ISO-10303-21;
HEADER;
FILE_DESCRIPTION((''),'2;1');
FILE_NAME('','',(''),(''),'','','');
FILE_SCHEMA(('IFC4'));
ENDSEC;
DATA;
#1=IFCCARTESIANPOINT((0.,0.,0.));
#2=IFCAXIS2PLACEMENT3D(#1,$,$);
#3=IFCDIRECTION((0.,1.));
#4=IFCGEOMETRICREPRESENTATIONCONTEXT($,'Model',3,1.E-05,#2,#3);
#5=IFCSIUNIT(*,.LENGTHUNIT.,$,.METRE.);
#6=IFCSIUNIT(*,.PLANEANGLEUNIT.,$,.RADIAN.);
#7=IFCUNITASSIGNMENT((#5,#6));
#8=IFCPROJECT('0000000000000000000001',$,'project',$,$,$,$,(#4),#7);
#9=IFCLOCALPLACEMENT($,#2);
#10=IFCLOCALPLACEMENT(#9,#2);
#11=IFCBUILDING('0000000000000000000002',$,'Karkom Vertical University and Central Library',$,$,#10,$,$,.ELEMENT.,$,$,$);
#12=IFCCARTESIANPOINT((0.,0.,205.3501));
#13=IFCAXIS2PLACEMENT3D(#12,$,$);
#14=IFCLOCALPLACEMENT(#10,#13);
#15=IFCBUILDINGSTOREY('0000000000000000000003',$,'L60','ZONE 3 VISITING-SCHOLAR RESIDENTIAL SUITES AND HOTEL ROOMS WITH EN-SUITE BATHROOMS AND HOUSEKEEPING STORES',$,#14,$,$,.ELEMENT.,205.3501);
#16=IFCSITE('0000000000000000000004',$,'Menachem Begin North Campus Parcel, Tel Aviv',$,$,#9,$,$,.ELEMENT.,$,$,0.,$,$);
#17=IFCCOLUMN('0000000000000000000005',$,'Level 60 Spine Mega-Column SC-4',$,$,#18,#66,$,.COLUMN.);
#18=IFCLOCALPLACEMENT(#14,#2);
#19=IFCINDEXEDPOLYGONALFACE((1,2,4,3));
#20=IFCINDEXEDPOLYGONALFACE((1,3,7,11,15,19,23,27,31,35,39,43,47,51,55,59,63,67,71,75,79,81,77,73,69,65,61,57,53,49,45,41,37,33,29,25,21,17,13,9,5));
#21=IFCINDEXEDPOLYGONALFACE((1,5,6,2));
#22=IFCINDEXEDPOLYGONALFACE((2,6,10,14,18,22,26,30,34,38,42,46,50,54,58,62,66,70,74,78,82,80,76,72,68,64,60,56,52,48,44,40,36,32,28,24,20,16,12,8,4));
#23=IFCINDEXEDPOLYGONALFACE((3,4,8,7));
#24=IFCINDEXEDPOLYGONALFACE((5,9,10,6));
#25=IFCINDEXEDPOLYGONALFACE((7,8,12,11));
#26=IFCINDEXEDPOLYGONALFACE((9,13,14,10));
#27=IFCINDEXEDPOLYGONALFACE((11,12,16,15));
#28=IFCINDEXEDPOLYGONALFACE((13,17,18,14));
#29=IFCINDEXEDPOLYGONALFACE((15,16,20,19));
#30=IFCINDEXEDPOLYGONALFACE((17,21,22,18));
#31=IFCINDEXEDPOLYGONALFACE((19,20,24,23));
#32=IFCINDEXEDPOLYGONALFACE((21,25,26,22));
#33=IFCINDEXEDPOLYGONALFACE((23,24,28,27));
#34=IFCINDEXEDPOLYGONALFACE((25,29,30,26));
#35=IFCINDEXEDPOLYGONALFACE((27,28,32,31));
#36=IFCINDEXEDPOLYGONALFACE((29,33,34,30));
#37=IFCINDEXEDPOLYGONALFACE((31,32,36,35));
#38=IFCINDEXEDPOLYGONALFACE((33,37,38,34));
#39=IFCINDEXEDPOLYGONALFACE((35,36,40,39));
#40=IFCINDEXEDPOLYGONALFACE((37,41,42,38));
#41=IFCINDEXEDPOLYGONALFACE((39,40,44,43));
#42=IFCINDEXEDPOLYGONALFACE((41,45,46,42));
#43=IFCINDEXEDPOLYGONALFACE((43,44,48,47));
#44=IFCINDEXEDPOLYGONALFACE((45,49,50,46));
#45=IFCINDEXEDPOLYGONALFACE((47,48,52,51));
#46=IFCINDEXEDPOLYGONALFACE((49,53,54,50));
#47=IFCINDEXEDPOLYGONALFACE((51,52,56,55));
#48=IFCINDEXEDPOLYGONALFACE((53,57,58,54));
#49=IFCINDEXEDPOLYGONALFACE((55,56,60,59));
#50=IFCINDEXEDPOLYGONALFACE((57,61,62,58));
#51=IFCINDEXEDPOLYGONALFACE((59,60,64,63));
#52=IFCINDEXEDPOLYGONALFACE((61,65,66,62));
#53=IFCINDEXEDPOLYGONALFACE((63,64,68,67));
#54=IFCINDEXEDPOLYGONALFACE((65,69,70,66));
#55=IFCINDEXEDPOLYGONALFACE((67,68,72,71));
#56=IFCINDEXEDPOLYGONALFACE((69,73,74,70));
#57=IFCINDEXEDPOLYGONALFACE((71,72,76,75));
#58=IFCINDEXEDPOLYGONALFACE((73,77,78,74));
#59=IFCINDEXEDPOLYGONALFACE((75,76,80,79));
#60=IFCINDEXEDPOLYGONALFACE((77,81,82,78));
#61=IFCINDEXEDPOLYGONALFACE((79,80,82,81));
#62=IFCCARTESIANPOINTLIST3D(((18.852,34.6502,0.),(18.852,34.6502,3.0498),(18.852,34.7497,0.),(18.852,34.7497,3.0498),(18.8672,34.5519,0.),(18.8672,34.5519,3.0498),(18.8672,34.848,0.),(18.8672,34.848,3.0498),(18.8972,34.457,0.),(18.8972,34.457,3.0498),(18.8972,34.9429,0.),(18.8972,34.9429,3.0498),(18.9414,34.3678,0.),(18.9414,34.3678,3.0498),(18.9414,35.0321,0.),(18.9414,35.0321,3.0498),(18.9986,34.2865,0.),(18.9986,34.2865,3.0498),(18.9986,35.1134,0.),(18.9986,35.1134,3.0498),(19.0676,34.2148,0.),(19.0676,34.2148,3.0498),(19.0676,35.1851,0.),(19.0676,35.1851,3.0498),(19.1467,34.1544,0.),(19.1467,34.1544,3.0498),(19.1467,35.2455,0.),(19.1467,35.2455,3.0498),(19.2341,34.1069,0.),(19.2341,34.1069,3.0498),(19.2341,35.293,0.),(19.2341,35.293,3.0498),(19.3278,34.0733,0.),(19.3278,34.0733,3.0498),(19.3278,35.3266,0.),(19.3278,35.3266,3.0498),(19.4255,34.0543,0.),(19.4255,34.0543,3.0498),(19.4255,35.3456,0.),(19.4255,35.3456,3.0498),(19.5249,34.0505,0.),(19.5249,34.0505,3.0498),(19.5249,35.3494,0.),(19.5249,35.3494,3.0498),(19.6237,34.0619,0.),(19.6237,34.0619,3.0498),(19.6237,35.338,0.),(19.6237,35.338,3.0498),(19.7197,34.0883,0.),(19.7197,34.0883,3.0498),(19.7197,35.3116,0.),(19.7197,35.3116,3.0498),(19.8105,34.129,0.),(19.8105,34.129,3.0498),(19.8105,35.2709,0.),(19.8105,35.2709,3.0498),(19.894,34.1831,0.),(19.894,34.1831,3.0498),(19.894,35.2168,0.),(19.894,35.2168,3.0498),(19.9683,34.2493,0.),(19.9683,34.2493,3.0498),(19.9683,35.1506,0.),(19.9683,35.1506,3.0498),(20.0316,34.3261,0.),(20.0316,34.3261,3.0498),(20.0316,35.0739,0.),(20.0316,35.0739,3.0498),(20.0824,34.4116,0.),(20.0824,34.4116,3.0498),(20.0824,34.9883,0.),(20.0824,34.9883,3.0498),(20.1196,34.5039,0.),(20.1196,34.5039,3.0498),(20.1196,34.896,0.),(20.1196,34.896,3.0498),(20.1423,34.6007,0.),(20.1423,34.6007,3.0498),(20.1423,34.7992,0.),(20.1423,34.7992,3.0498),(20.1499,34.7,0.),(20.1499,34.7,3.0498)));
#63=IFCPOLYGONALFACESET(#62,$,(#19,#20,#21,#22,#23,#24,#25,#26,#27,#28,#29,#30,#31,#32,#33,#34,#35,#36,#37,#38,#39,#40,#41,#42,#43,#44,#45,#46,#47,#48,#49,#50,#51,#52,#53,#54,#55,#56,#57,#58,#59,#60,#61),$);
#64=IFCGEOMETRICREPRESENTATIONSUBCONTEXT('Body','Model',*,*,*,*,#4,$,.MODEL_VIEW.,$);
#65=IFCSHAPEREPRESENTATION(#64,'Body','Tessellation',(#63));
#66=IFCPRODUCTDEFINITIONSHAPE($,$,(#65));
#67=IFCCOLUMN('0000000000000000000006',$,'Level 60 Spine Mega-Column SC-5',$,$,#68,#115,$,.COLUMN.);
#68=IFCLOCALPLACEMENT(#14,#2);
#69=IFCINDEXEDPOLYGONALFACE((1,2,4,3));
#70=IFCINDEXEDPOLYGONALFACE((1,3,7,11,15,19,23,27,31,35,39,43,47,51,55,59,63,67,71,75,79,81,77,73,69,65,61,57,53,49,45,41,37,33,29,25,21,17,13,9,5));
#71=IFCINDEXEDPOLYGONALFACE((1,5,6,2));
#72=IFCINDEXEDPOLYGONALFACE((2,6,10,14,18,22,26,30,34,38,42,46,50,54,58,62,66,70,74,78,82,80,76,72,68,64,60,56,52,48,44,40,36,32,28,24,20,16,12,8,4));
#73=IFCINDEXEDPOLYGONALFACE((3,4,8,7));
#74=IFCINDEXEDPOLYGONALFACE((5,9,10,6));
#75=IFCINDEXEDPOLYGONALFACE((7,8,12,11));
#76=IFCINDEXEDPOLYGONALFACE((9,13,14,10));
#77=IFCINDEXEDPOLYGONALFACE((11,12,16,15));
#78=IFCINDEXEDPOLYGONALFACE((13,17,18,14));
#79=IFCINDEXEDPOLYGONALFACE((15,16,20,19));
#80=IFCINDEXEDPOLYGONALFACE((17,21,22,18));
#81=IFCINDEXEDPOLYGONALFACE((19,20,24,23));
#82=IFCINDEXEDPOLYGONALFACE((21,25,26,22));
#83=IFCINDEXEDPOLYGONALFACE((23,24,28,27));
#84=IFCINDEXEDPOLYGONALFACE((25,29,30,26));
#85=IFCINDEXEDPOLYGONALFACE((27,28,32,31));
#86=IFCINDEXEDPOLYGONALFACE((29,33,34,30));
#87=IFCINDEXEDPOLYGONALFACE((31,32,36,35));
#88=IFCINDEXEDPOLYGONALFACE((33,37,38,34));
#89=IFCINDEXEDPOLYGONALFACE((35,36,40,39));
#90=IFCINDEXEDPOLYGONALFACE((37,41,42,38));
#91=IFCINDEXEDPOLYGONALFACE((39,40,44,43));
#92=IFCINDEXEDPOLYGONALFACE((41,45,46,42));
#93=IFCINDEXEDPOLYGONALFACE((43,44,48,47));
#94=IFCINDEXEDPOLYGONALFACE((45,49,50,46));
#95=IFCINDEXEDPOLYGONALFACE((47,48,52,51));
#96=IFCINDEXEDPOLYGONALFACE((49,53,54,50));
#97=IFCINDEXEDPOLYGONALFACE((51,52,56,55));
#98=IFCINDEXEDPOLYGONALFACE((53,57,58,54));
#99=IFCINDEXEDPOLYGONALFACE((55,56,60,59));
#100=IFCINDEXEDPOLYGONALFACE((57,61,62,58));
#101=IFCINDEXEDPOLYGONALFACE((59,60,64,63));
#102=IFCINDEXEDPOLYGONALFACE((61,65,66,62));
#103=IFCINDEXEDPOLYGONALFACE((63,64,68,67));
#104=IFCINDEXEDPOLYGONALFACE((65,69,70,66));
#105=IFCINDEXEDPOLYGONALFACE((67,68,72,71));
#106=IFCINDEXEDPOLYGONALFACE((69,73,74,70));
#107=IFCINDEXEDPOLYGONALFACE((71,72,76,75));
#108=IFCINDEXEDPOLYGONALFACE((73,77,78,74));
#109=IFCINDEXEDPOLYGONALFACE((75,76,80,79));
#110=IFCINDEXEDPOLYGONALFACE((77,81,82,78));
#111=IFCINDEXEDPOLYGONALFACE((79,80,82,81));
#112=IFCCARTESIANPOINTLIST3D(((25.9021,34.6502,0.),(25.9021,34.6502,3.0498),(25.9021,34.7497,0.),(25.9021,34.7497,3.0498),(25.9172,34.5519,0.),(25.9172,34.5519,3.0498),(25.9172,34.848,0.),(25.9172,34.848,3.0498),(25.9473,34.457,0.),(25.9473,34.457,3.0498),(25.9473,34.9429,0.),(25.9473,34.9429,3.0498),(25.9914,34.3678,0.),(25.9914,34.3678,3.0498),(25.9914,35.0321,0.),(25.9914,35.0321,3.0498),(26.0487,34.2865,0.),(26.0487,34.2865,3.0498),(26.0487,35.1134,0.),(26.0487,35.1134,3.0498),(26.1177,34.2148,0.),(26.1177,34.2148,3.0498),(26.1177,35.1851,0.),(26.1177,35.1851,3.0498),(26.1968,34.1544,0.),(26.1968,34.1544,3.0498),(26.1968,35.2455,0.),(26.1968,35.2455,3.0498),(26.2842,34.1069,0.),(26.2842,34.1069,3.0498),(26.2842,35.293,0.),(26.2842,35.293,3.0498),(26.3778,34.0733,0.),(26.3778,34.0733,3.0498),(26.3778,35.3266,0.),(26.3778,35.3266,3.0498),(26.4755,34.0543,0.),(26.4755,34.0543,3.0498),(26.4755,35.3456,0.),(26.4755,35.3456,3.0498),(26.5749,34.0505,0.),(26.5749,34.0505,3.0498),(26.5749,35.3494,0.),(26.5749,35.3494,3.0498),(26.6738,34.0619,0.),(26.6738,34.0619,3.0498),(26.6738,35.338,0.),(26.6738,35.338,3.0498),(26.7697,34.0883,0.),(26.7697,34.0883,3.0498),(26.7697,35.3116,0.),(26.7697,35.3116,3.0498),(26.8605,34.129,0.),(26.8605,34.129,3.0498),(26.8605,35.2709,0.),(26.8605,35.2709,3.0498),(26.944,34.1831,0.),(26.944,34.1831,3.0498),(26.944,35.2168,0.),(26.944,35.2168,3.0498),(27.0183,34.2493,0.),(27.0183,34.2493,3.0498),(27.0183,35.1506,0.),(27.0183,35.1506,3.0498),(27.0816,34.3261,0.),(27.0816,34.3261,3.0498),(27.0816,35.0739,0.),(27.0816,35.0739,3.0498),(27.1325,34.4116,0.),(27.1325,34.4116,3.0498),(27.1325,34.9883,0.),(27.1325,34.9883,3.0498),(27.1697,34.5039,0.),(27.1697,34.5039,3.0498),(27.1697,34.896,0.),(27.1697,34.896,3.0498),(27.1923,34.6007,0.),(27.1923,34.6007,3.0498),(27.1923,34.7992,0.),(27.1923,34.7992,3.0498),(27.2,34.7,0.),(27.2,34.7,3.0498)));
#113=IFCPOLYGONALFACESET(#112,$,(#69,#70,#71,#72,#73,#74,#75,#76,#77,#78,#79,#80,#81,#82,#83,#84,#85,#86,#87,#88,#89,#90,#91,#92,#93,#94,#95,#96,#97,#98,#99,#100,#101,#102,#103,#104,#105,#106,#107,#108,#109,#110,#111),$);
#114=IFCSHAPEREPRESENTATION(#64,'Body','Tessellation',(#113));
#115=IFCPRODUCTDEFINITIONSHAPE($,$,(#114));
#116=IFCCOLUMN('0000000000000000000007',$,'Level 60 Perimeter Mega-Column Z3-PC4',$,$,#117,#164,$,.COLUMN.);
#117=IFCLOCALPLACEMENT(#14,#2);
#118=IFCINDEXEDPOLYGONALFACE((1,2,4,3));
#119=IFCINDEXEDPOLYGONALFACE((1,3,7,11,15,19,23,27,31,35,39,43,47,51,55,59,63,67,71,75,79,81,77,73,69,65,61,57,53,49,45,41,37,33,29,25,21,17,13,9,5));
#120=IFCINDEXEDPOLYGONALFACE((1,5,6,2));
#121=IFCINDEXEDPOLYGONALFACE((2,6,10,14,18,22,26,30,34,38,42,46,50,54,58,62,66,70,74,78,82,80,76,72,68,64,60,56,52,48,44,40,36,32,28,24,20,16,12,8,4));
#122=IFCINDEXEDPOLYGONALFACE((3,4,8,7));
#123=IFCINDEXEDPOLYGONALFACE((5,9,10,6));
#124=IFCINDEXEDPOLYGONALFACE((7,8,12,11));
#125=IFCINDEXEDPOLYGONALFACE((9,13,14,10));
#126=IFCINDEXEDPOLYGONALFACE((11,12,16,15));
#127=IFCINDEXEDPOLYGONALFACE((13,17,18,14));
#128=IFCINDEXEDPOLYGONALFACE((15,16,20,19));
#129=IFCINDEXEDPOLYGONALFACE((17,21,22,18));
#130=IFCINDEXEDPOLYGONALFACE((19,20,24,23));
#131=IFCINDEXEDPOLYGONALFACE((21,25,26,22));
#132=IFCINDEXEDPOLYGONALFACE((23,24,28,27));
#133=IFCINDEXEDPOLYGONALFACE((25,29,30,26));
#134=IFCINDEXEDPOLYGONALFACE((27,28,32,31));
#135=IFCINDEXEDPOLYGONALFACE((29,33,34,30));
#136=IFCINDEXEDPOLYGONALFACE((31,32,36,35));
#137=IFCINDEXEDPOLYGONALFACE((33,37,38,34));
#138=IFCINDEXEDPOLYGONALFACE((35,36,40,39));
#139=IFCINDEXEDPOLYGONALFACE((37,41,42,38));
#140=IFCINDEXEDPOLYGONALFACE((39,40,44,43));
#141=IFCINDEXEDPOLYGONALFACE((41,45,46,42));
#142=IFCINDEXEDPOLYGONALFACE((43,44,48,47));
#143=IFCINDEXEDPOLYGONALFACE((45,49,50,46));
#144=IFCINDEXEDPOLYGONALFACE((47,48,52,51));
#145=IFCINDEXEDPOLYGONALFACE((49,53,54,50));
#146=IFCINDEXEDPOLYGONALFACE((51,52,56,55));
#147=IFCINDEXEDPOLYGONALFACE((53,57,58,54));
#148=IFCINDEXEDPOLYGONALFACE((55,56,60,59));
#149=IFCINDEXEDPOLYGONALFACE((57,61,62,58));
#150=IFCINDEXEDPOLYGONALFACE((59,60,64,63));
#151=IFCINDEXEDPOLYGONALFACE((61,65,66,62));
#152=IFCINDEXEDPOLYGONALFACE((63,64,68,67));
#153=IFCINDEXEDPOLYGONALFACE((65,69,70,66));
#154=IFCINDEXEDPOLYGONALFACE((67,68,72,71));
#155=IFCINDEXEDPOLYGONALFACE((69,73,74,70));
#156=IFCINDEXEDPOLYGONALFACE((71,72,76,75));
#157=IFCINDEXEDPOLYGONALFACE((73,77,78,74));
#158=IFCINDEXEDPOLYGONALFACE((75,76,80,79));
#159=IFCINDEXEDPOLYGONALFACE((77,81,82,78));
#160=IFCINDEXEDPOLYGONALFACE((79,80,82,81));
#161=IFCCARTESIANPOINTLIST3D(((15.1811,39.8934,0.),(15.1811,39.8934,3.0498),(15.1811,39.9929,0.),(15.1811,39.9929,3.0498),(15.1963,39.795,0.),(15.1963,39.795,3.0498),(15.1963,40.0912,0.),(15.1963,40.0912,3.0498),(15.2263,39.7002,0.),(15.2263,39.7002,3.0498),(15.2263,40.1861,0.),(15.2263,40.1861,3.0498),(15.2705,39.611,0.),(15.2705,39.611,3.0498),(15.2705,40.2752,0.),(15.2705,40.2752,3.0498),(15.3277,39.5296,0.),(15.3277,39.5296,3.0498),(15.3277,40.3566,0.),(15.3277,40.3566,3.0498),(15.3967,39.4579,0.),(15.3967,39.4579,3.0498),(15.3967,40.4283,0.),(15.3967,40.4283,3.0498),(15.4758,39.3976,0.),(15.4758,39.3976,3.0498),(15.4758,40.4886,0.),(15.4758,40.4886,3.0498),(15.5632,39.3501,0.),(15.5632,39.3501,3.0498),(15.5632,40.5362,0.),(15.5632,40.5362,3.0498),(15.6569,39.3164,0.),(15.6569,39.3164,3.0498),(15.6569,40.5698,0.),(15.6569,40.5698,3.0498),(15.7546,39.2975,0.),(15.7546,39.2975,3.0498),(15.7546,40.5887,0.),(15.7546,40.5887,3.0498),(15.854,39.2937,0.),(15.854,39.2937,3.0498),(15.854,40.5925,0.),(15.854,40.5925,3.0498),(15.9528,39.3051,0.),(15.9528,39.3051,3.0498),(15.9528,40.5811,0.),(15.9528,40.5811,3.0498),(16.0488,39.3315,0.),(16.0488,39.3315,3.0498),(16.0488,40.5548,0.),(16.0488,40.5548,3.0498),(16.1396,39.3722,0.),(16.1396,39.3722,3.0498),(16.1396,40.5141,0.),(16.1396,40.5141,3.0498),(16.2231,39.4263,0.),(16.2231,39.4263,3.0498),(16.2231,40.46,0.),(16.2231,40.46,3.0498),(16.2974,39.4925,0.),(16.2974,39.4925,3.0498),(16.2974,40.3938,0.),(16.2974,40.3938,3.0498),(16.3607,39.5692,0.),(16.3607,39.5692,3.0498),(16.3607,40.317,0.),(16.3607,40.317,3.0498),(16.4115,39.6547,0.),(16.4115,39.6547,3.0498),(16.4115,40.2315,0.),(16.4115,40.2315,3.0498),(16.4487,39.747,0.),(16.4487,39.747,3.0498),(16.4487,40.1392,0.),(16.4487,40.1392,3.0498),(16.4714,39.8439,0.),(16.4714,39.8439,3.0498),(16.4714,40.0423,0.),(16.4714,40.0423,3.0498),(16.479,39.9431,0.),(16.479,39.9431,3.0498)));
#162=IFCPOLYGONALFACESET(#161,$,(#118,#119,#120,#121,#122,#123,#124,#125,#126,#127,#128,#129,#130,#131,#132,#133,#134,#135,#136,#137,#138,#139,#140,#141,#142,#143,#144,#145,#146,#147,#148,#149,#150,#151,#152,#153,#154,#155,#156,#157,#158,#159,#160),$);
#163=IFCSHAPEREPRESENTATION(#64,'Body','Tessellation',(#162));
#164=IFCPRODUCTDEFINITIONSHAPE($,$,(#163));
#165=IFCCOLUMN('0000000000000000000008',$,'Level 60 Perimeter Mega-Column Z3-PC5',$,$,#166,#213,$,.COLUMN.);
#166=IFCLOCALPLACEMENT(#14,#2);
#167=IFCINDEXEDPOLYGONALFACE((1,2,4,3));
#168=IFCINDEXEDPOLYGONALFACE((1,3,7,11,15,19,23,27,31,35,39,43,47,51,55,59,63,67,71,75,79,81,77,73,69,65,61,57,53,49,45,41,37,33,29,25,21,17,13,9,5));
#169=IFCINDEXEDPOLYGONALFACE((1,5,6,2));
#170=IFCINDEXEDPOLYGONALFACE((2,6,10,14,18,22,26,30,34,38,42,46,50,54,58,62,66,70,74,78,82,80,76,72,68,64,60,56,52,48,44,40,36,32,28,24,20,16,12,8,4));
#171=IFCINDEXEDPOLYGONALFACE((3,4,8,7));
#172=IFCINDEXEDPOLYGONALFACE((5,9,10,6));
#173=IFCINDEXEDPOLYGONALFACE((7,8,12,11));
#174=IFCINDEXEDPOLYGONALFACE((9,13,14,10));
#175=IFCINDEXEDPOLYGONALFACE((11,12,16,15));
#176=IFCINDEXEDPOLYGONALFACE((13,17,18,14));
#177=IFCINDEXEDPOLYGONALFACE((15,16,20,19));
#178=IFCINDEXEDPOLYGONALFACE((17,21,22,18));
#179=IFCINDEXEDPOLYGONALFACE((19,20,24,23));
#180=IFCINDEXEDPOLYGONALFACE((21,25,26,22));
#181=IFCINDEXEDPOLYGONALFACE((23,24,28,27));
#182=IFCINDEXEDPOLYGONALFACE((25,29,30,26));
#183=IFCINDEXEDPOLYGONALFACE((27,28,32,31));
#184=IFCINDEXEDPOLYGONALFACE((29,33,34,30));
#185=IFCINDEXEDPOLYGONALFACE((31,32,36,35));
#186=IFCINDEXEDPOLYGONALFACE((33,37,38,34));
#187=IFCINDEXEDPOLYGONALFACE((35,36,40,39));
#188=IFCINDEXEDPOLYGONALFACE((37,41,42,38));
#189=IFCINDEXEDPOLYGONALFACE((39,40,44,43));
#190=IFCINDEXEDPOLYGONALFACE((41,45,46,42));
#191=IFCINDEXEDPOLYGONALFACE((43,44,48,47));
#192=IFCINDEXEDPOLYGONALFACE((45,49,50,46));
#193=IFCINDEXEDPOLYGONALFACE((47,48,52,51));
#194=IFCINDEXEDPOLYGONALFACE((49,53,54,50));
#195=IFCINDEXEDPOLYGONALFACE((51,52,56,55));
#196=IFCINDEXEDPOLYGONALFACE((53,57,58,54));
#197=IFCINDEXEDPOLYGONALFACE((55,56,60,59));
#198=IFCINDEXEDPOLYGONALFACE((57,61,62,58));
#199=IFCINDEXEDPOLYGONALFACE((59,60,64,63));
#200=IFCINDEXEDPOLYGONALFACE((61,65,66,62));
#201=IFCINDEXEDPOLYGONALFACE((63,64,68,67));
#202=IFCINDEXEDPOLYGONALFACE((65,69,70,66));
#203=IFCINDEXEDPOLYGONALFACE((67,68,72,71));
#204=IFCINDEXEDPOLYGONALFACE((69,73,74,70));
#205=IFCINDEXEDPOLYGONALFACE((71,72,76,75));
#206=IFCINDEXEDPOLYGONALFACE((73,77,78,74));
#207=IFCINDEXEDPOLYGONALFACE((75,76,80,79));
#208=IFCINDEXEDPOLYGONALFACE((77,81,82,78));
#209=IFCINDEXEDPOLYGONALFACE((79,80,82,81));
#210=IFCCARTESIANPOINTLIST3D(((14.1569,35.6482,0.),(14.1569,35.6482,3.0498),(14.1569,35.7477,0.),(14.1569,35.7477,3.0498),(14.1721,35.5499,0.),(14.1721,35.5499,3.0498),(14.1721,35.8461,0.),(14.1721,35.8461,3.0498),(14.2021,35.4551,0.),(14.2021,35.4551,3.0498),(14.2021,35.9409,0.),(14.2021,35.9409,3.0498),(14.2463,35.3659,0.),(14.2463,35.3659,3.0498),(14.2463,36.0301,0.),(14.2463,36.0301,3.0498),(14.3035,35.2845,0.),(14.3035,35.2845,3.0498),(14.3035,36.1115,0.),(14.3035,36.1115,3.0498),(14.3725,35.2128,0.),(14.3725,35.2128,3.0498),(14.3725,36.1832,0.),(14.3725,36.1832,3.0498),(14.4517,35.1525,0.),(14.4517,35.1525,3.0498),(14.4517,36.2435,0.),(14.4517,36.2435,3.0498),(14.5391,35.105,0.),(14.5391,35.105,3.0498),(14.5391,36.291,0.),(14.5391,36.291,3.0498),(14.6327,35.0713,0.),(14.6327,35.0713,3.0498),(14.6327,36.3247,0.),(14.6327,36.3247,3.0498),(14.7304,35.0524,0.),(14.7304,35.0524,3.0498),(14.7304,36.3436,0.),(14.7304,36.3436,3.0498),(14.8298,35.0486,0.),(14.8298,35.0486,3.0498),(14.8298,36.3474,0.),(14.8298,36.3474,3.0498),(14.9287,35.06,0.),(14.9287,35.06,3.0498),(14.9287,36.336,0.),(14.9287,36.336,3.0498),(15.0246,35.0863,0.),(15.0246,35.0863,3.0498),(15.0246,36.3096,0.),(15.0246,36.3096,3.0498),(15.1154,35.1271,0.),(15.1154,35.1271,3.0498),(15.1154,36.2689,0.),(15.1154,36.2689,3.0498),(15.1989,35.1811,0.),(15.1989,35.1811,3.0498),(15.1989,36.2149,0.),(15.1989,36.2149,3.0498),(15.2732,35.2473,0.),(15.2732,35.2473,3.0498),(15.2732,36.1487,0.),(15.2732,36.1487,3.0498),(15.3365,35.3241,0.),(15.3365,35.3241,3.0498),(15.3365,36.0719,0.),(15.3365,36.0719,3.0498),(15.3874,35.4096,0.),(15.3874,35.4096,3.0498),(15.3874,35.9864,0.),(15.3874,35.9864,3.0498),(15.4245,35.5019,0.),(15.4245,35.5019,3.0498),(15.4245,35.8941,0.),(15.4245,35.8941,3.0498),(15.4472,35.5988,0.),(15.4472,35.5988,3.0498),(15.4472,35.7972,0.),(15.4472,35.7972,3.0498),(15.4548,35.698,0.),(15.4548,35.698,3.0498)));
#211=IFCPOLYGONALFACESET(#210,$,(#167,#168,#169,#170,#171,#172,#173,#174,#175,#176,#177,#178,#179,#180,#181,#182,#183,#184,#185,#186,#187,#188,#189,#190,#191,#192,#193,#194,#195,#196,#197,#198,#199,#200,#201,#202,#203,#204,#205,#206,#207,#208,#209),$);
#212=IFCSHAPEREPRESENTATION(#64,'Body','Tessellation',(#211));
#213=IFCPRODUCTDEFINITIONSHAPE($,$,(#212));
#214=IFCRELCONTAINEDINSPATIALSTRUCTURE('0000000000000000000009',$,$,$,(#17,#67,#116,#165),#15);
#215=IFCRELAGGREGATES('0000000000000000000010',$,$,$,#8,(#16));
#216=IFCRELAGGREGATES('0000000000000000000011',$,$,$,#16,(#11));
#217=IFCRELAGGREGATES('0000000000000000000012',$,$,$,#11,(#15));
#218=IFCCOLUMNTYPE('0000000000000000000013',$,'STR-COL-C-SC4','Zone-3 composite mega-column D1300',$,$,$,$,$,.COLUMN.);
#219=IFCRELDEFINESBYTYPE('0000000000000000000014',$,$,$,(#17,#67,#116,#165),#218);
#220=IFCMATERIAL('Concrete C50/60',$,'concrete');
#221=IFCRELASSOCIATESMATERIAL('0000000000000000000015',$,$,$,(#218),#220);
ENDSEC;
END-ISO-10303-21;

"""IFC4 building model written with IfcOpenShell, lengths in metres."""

from ifc_helpers import new_model, si_unit, direction, frame, origin, origin_with_axes, origin_2d, place, context, subcontext, project, spatial, circle, extrude, source, transform, mapped, material, material_profile, profile_set, type_object, element, save


model = new_model("IFC4")

# Units and contexts
model_context = context("Model", 3, precision=1e-05, world=origin(), true_north=direction((0.0, 1.0)))
body_context = subcontext(model_context, "Body", "Model", "MODEL_VIEW")
ifc_project = project(units=[si_unit("LENGTHUNIT", "METRE"), si_unit("PLANEANGLEUNIT", "RADIAN")], contexts=[model_context])

# Site, building, storey
site_placement = place(None, origin())
site = spatial("IfcSite", under=ifc_project, at=site_placement, Name="Menachem Begin North Campus Parcel, Tel Aviv", CompositionType="ELEMENT", RefElevation=0.0)
building_placement = place(site_placement, origin())
building = spatial("IfcBuilding", under=site, at=building_placement, Name="Karkom Vertical University and Central Library", CompositionType="ELEMENT")
storey_placement = place(building_placement, frame((0.0, 0.0, 205.3501)))
storey = spatial("IfcBuildingStorey", under=building, at=storey_placement, Name="L60", Description="ZONE 3 VISITING-SCHOLAR RESIDENTIAL SUITES AND HOTEL ROOMS WITH EN-SUITE BATHROOMS AND HOUSEKEEPING STORES", CompositionType="ELEMENT", Elevation=205.3501)

# Columns
ifc_material_1 = material(Name="Concrete C50/60", Category="concrete")
ifc_material_profile_1 = material_profile(ifc_material_1, circle(Radius=0.6499, at=origin_2d()), Name="CFT-D1300")
ifc_profile_set_1 = profile_set([ifc_material_profile_1], Name="Concrete C50/60")
column_type = type_object("IfcColumnType", Name="STR-COL-C-SC4", Description="Zone-3 composite mega-column D1300", PredefinedType="COLUMN", material=ifc_profile_set_1)
shared_shape_1 = source(origin_with_axes(), body_context, "Body", "SweptSolid", [
    extrude(circle(Radius=0.6499, at=origin_2d()), origin(), (0.0, 0.0, 1.0), 3.0498),
])
for number, where, z_axis, x_axis, name in (
    (1, (19.5, 34.7, 0.0), (0.0, 0.0, 1.0), (1.0, 0.0, 0.0), "Level 60 Spine Mega-Column SC-4"),
    (2, (26.55, 34.7, 0.0), (0.0, 0.0, 1.0), (1.0, 0.0, 0.0), "Level 60 Spine Mega-Column SC-5"),
    (3, (15.8291, 39.9431, 0.0), (0.0, 0.0, 1.0), (1.0, 0.0, 0.0), "Level 60 Perimeter Mega-Column Z3-PC4"),
    (4, (14.8049, 35.698, 0.0), (0.0, 0.0, 1.0), (1.0, 0.0, 0.0), "Level 60 Perimeter Mega-Column Z3-PC5"),
):
    element("IfcColumn", number, at=place(storey_placement, frame(where, z_axis=z_axis, x_axis=x_axis)), inside=storey, type_object=column_type, Name=name, PredefinedType="COLUMN", context=body_context, shape_type="MappedRepresentation", body=[
        mapped(shared_shape_1, transform((0.0, 0.0, 0.0), scale=1.0)),
    ])

save(model, "model.ifc")
